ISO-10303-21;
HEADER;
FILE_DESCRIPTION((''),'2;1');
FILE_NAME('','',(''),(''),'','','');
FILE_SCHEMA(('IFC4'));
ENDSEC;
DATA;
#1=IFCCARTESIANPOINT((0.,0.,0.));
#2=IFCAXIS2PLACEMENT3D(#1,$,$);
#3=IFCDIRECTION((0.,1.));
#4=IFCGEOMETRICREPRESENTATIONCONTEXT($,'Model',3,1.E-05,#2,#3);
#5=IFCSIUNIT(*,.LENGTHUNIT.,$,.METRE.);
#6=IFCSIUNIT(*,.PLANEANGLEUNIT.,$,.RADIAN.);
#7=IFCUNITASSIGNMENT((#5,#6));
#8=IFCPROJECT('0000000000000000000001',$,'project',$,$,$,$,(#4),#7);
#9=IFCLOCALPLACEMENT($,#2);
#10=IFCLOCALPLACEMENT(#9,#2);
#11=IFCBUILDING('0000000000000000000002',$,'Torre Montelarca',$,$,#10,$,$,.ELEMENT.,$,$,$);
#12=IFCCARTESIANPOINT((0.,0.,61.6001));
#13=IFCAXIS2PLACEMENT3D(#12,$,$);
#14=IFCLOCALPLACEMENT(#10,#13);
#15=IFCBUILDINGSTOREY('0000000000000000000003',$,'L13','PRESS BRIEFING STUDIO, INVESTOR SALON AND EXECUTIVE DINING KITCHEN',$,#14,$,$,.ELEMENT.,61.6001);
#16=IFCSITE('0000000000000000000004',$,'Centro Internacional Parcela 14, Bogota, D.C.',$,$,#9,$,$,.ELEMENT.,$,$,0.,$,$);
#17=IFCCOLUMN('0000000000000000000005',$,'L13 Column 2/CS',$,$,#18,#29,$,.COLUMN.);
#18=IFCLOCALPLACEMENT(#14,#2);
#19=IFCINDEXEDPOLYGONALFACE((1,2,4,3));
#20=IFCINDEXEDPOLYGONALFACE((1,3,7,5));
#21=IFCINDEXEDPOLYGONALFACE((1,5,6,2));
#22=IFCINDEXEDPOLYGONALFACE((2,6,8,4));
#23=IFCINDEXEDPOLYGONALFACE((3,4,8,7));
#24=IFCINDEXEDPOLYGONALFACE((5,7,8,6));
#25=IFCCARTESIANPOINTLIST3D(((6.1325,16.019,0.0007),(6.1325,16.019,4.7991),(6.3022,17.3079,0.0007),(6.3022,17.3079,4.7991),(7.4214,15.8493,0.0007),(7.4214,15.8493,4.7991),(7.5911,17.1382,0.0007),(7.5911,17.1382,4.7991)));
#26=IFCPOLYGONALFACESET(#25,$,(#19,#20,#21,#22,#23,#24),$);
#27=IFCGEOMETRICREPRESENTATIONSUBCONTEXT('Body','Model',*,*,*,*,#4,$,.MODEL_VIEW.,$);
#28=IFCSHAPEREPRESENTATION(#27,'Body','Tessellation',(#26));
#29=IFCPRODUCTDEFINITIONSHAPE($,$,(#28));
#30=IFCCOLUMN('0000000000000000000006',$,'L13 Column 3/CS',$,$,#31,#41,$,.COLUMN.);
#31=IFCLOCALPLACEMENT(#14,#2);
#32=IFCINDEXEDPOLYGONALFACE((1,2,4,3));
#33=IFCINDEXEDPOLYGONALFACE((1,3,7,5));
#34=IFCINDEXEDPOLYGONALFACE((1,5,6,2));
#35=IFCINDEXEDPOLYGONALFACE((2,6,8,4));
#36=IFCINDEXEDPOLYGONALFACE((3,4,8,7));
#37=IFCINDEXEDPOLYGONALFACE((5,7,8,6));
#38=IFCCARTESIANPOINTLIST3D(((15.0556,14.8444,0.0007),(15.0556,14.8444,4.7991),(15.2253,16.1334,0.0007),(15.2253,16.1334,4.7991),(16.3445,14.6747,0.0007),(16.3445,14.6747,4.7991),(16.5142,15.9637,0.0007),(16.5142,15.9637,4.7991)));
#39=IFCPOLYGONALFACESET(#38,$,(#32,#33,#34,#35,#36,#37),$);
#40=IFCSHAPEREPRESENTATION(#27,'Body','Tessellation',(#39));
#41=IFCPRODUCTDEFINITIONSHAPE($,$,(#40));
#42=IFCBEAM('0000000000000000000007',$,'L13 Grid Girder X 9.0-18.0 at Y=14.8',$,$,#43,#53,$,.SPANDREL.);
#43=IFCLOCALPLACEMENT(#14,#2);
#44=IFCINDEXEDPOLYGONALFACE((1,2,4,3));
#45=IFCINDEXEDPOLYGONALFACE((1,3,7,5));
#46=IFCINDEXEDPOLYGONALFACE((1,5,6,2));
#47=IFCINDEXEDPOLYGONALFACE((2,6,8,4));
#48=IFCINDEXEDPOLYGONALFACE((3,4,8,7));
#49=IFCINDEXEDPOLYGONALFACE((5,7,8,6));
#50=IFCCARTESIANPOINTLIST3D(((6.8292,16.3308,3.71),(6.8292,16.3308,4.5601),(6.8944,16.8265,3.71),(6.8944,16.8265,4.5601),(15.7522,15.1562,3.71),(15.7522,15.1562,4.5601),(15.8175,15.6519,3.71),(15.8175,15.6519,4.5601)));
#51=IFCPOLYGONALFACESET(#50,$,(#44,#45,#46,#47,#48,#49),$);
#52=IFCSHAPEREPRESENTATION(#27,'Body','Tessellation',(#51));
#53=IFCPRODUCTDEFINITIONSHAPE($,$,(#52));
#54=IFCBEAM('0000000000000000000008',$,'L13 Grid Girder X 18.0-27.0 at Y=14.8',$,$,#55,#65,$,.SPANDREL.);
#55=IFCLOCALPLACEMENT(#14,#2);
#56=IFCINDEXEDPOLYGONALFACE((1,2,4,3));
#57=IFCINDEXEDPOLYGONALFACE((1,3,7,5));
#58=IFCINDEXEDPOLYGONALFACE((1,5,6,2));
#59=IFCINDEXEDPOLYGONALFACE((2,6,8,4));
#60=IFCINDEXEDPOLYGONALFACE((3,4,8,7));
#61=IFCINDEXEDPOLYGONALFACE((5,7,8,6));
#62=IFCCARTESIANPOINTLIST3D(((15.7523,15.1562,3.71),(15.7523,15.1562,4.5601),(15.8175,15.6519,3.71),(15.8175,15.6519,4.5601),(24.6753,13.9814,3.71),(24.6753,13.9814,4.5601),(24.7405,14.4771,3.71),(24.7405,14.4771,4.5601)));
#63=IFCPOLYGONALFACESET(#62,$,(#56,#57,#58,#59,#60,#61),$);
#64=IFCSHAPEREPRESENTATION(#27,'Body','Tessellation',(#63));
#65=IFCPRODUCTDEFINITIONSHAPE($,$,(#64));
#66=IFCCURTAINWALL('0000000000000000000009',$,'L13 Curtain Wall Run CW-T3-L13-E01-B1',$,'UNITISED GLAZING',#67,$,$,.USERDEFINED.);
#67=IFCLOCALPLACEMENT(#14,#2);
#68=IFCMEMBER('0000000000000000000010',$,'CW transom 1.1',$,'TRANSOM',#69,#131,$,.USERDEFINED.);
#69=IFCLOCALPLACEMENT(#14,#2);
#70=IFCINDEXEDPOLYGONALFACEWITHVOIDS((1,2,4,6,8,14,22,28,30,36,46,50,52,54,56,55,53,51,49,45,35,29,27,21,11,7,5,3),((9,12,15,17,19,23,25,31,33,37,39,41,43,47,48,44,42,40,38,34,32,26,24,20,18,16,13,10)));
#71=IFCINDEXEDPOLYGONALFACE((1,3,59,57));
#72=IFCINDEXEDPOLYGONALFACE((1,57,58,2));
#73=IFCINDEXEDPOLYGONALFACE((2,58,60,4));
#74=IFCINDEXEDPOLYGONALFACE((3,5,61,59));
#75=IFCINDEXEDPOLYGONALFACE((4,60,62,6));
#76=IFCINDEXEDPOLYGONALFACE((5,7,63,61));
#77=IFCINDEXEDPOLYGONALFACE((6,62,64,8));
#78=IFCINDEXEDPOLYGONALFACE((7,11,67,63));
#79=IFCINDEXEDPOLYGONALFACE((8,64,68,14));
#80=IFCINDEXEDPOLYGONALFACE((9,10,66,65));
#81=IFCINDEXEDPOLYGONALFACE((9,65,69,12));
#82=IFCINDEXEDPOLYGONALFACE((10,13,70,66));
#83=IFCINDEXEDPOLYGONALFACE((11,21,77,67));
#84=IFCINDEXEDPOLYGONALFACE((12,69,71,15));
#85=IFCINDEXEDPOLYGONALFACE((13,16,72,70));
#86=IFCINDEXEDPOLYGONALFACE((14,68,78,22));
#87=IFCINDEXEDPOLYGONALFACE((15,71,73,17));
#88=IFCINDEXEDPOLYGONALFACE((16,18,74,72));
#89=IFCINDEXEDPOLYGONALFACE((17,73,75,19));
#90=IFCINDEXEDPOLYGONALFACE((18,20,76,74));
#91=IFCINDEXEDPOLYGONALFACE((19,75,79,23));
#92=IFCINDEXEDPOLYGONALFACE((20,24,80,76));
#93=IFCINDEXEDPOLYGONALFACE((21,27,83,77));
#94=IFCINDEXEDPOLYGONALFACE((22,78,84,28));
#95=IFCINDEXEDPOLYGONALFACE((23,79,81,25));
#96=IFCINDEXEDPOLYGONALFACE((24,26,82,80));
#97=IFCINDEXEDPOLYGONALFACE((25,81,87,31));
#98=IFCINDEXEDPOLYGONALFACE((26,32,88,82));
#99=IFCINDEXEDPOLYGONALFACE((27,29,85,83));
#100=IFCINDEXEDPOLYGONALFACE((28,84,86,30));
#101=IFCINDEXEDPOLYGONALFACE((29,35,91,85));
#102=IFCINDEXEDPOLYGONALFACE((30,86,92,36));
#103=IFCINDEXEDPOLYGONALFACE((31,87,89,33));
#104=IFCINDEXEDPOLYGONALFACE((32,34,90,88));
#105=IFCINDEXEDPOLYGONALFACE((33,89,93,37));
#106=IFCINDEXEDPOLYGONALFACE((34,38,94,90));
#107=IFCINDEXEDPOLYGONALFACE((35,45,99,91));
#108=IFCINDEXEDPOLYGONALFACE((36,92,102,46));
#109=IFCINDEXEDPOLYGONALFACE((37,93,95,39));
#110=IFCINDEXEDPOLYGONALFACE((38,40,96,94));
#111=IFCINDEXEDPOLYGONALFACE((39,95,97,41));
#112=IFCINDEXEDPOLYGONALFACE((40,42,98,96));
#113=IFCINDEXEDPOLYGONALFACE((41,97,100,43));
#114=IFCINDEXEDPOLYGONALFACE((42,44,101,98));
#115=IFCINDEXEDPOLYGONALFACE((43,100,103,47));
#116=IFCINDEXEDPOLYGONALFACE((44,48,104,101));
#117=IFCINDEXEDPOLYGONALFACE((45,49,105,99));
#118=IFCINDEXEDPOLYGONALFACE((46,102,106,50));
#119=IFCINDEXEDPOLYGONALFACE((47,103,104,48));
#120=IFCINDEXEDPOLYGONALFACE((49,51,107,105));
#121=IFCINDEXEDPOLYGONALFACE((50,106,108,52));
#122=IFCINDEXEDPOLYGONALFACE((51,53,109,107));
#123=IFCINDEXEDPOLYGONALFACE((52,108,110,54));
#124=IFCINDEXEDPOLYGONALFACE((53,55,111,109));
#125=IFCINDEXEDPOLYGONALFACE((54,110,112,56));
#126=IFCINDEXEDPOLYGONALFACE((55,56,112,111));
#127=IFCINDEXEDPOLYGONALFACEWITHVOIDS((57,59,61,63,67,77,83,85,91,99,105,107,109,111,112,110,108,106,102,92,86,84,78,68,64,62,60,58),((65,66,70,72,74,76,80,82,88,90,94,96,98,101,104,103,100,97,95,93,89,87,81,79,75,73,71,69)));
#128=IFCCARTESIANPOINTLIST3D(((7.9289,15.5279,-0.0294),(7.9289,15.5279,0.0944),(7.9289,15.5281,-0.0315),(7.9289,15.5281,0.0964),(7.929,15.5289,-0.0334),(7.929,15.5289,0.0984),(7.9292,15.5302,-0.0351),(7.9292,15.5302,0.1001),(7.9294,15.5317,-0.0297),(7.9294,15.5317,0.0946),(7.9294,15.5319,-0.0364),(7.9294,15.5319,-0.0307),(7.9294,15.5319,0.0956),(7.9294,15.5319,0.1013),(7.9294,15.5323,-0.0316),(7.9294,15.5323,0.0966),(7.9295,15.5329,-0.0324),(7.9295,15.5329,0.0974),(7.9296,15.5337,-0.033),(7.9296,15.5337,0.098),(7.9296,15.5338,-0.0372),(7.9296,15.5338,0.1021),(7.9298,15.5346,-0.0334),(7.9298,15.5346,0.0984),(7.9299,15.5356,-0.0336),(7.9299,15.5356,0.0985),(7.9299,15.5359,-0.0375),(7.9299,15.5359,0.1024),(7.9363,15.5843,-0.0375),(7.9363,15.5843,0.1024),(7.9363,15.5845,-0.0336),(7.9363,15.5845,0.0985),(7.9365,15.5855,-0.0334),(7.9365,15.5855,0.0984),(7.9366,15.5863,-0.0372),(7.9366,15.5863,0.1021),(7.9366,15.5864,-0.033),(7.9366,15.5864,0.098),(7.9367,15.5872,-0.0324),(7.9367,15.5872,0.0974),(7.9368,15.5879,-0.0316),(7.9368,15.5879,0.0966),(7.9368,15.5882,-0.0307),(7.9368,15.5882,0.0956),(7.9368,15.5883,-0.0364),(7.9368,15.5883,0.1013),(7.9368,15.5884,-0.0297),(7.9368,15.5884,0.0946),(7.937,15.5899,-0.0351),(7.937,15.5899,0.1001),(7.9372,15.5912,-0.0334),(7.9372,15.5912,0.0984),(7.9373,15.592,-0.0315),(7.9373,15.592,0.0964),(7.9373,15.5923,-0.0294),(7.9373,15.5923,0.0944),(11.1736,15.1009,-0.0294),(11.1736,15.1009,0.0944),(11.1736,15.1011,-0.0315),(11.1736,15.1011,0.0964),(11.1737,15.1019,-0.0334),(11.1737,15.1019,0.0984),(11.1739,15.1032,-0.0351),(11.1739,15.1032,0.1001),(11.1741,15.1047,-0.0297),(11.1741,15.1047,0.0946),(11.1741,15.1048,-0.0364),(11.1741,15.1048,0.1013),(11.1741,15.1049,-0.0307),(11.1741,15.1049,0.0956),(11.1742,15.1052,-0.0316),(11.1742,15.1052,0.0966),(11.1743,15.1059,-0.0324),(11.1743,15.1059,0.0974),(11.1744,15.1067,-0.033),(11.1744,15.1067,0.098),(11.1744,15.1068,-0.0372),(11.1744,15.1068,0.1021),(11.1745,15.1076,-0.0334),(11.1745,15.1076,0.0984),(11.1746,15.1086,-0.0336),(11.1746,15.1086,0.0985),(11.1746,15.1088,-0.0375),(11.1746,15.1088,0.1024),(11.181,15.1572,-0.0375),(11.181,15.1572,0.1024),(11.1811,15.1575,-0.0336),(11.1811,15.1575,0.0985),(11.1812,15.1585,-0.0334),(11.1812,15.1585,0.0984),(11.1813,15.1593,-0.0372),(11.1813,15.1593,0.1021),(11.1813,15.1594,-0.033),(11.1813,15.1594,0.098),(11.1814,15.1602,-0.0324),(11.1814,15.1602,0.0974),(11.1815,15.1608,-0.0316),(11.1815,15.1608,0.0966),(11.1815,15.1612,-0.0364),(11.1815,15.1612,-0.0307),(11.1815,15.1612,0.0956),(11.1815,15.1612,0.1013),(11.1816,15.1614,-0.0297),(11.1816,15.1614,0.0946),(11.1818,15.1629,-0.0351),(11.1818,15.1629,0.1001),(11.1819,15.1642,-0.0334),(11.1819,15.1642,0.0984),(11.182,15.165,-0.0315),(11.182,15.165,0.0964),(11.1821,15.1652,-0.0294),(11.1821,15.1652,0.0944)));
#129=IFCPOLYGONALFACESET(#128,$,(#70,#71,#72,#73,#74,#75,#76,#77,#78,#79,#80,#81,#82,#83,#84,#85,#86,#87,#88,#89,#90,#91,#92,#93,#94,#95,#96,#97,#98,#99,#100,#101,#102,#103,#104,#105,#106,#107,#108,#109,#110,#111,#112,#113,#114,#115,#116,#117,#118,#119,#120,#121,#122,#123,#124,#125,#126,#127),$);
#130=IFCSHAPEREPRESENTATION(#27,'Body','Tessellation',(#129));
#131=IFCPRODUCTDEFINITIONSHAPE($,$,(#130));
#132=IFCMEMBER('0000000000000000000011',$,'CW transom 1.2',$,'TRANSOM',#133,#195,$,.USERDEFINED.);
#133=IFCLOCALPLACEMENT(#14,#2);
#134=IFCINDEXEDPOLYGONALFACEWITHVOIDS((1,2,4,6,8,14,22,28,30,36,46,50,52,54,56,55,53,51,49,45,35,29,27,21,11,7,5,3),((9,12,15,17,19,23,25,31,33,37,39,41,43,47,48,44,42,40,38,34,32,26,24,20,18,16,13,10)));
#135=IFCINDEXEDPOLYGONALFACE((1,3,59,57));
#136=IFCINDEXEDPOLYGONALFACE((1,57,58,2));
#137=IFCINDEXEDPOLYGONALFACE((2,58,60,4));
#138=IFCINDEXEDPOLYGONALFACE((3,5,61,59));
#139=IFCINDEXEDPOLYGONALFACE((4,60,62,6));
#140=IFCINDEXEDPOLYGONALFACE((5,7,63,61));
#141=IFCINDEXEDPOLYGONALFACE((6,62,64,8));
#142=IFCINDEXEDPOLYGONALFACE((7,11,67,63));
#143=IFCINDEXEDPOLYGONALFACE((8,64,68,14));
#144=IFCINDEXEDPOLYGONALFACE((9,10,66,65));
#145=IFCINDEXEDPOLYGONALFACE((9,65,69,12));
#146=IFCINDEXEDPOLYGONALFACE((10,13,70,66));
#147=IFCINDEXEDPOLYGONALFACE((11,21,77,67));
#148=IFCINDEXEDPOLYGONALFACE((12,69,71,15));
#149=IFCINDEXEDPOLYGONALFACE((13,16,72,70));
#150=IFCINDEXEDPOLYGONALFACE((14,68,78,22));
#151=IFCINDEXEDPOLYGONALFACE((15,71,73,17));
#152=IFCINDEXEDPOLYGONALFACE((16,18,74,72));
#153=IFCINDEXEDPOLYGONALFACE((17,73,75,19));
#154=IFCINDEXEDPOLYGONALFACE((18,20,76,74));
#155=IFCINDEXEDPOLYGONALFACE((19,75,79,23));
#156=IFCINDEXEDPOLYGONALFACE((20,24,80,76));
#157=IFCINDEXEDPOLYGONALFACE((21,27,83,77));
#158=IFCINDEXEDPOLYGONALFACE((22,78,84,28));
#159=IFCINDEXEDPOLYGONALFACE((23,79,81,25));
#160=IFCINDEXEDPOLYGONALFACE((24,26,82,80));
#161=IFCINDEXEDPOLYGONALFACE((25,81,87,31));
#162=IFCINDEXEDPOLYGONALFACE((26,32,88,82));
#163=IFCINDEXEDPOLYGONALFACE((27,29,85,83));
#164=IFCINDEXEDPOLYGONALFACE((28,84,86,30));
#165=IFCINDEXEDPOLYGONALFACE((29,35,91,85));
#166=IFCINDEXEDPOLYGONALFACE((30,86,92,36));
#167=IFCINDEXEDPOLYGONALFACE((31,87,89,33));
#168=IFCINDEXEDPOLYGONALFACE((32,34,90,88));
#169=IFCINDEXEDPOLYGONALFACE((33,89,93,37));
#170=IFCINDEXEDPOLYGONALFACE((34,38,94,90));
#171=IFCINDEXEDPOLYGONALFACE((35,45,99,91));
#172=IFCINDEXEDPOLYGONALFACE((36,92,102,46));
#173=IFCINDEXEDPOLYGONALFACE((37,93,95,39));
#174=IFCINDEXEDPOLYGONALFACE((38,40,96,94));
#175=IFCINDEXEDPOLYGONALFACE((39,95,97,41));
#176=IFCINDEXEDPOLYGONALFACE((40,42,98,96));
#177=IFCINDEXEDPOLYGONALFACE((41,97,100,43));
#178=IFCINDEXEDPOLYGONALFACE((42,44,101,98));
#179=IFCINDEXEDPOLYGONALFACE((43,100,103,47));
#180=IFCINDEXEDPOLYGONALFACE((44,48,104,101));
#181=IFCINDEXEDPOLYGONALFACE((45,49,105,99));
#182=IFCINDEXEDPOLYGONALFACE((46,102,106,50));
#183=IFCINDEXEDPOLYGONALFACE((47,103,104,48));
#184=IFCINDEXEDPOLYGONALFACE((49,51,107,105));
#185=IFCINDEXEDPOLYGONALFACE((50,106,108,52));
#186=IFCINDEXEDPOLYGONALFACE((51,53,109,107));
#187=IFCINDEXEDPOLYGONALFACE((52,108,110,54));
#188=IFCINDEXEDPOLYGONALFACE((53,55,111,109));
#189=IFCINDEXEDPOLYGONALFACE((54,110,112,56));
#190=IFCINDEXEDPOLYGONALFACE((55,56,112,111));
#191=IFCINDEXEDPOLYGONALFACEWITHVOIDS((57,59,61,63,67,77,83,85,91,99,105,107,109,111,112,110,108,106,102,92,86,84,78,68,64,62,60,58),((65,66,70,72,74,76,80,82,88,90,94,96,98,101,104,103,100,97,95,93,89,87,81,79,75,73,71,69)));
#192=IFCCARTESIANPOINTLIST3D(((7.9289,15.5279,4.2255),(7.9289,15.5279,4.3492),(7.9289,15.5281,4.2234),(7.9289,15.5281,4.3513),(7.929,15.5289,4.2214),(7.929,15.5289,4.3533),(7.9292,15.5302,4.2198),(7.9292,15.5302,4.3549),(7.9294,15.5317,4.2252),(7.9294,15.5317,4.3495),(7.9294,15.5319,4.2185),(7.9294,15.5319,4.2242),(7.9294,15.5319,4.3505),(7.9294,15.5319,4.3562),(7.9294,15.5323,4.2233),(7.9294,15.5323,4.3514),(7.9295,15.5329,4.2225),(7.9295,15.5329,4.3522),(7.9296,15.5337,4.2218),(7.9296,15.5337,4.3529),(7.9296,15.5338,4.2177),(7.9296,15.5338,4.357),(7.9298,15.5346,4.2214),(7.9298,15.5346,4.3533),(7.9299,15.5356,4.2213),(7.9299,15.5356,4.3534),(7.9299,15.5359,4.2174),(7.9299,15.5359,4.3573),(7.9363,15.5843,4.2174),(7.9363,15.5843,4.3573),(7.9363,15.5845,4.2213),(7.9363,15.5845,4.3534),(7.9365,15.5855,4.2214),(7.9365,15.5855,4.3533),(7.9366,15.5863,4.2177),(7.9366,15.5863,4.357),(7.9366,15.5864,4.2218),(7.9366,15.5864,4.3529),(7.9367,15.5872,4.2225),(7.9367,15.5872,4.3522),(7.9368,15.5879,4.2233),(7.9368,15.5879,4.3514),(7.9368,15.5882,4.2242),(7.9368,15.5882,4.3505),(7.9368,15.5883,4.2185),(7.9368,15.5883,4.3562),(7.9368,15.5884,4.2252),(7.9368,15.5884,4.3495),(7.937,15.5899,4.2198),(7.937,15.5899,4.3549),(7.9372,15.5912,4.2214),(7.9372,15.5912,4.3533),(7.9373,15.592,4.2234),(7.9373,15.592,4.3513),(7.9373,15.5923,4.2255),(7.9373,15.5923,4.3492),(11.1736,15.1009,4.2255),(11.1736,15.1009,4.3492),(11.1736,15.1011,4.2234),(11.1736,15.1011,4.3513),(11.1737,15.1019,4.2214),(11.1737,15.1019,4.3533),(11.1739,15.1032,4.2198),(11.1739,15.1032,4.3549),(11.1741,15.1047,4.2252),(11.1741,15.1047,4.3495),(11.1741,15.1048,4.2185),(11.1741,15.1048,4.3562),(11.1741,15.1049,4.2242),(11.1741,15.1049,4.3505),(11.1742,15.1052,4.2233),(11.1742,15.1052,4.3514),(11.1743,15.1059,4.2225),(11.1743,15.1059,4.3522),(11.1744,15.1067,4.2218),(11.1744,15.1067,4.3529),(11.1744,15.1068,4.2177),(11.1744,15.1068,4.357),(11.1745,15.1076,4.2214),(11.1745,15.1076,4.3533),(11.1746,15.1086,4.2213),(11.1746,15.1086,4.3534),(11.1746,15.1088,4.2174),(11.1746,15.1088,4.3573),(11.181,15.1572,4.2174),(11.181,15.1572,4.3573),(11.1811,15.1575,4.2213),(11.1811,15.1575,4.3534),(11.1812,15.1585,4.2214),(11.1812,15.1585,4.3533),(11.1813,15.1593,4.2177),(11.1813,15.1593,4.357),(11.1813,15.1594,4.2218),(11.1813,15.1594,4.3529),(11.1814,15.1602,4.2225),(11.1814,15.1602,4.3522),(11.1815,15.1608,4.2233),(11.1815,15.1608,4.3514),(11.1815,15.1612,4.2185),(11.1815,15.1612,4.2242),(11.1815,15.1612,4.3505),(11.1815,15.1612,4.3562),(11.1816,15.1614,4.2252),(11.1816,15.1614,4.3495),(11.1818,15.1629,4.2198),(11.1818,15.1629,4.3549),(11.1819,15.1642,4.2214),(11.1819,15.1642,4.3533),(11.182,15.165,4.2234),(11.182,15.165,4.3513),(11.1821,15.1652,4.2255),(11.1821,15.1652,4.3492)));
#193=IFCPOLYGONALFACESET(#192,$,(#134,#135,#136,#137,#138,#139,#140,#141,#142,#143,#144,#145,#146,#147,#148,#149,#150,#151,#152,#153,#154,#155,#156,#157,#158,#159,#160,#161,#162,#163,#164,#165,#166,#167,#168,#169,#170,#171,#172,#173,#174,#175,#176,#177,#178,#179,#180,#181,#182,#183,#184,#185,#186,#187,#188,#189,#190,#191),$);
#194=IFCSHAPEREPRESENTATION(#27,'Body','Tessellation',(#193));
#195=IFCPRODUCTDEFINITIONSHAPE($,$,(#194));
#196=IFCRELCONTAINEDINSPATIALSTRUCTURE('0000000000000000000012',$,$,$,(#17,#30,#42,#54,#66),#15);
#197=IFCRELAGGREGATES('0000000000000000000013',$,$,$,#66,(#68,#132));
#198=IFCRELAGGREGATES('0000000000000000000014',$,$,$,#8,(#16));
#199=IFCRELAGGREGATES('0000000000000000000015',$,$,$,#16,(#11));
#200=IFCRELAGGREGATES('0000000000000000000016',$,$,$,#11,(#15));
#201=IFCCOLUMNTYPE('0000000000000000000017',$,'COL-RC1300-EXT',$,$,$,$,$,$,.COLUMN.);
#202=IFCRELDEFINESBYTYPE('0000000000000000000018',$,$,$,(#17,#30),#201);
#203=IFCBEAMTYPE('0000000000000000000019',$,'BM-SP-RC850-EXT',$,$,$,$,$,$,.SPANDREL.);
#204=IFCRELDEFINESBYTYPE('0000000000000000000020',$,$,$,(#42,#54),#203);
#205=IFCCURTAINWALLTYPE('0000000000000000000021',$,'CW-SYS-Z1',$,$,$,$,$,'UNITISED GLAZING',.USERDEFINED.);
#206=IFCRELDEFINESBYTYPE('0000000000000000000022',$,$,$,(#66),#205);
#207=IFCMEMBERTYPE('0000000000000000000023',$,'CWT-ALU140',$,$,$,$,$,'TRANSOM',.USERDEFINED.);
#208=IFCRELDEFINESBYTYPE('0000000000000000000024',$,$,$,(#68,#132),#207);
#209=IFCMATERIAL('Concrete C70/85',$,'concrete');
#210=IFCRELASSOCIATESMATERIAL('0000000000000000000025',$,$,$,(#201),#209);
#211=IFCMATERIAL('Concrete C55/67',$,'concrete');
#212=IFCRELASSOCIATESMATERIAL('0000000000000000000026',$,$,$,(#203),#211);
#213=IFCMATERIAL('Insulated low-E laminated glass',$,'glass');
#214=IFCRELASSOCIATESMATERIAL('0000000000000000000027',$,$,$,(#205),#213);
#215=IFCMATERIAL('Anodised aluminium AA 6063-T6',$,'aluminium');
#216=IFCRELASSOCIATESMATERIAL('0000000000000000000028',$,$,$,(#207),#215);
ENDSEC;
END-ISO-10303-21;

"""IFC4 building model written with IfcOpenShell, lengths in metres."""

from ifc_helpers import new_model, si_unit, direction, frame, origin, origin_2d, place, context, subcontext, project, spatial, rectangle, hollow_rectangle, extrude, source, transform, mapped, material, material_profile, profile_set, type_object, element, aggregate, save


model = new_model("IFC4")

# Units and contexts
model_context = context("Model", 3, precision=1e-05, world=origin(), true_north=direction((0.0, 1.0)))
body_context = subcontext(model_context, "Body", "Model", "MODEL_VIEW")
ifc_project = project(units=[si_unit("LENGTHUNIT", "METRE"), si_unit("PLANEANGLEUNIT", "RADIAN")], contexts=[model_context])

# Site, building, storey
site_placement = place(None, origin())
site = spatial("IfcSite", under=ifc_project, at=site_placement, Name="Centro Internacional Parcela 14, Bogota, D.C.", CompositionType="ELEMENT", RefElevation=0.0)
building_placement = place(site_placement, origin())
building = spatial("IfcBuilding", under=site, at=building_placement, Name="Torre Montelarca", CompositionType="ELEMENT")
storey_placement = place(building_placement, frame((0.0, 0.0, 61.6001)))
storey = spatial("IfcBuildingStorey", under=building, at=storey_placement, Name="L13", Description="PRESS BRIEFING STUDIO, INVESTOR SALON AND EXECUTIVE DINING KITCHEN", CompositionType="ELEMENT", Elevation=61.6001)

# Columns
ifc_material_1 = material(Name="Concrete C70/85", Category="concrete")
ifc_material_profile_1 = material_profile(ifc_material_1, rectangle(XDim=1.3, YDim=1.3, at=origin_2d()), Name="RC1300X1300", Category="concrete")
ifc_profile_set_1 = profile_set([ifc_material_profile_1], Name="Concrete C70/85")
column_type = type_object("IfcColumnType", Name="COL-RC1300-EXT", PredefinedType="COLUMN", material=ifc_profile_set_1)
shared_shape_1 = source(origin(), body_context, "Body", "SweptSolid", [
    extrude(rectangle(XDim=1.3, YDim=1.3, at=origin_2d()), origin(), (0.0, 0.0, 1.0), 4.7983),
])
for number, where, z_axis, x_axis, name in (
    (1, (6.8618, 16.5786, 0.0007), (0.0, 0.0, 1.0), (-0.991445, 0.130526, 0.0), "L13 Column 2/CS"),
    (2, (15.7849, 15.4041, 0.0007), (0.0, 0.0, 1.0), (-0.991445, 0.130526, 0.0), "L13 Column 3/CS"),
):
    element("IfcColumn", number, at=place(storey_placement, frame(where, z_axis=z_axis, x_axis=x_axis)), inside=storey, type_object=column_type, Name=name, PredefinedType="COLUMN", context=body_context, shape_type="MappedRepresentation", body=[
        mapped(shared_shape_1, transform((0.0, 0.0, 0.0), scale=1.0)),
    ])

# Beams
ifc_material_2 = material(Name="Concrete C55/67", Category="concrete")
ifc_material_profile_2 = material_profile(ifc_material_2, rectangle(XDim=0.5, YDim=0.8501, at=origin_2d()), Name="RCB500X850", Category="concrete")
ifc_profile_set_2 = profile_set([ifc_material_profile_2], Name="Concrete C55/67")
beam_type = type_object("IfcBeamType", Name="BM-SP-RC850-EXT", PredefinedType="SPANDREL", material=ifc_profile_set_2)
shared_shape_2 = source(origin(), body_context, "Body", "SweptSolid", [
    extrude(rectangle(XDim=0.5, YDim=0.8501, at=origin_2d()), origin(), (0.0, 0.0, 1.0), 9.0),
])
for number, where, z_axis, x_axis, name in (
    (3, (6.8618, 16.5786, 4.135), (0.991448, -0.130506, 0.0), (0.130506, 0.991448, 0.0), "L13 Grid Girder X 9.0-18.0 at Y=14.8"),
    (4, (15.7849, 15.4041, 4.135), (0.991444, -0.130532, 0.0), (0.130532, 0.991444, 0.0), "L13 Grid Girder X 18.0-27.0 at Y=14.8"),
):
    element("IfcBeam", number, at=place(storey_placement, frame(where, z_axis=z_axis, x_axis=x_axis)), inside=storey, type_object=beam_type, Name=name, PredefinedType="SPANDREL", context=body_context, shape_type="MappedRepresentation", body=[
        mapped(shared_shape_2, transform((0.0, 0.0, 0.0), scale=1.0)),
    ])

# Curtain wall, members
ifc_material_3 = material(Name="Insulated low-E laminated glass", Category="glass")
curtain_wall_type = type_object("IfcCurtainWallType", Name="CW-SYS-Z1", ElementType="UNITISED GLAZING", PredefinedType="USERDEFINED", material=ifc_material_3)
curtain_wall_1_placement = place(storey_placement, origin())
curtain_wall_1 = element("IfcCurtainWall", 5, at=curtain_wall_1_placement, inside=storey, type_object=curtain_wall_type, Name="L13 Curtain Wall Run CW-T3-L13-E01-B1", ObjectType="UNITISED GLAZING", PredefinedType="USERDEFINED")
ifc_material_4 = material(Name="Anodised aluminium AA 6063-T6", Category="aluminium")
ifc_material_profile_3 = material_profile(ifc_material_4, hollow_rectangle(XDim=0.0649, YDim=0.1399, WallThickness=0.0039, InnerFilletRadius=0.0039, OuterFilletRadius=0.0081, at=origin_2d()), Name="ALU65X140X4", Category="aluminium")
ifc_profile_set_3 = profile_set([ifc_material_profile_3], Name="Anodised aluminium AA 6063-T6")
member_type_1 = type_object("IfcMemberType", Name="CWT-ALU140", ElementType="TRANSOM", PredefinedType="USERDEFINED", material=ifc_profile_set_3)
shared_shape_3 = source(origin(), body_context, "Body", "SweptSolid", [
    extrude(hollow_rectangle(XDim=0.0649, YDim=0.1399, WallThickness=0.0039, InnerFilletRadius=0.0039, OuterFilletRadius=0.0081, at=origin_2d()), origin(), (0.0, 0.0, 1.0), 3.2727),
])
member_1_placement = place(storey_placement, frame((7.9331, 15.5601, 0.0325), z_axis=(0.991451, -0.130478, 0.0), x_axis=(0.130478, 0.991451, 0.0)))
member_1 = element("IfcMember", 6, at=member_1_placement, type_object=member_type_1, Name="CW transom 1.1", ObjectType="TRANSOM", PredefinedType="USERDEFINED", context=body_context, shape_type="MappedRepresentation", body=[
    mapped(shared_shape_3, transform((0.0, 0.0, 0.0), scale=1.0)),
])
member_2_placement = place(storey_placement, frame((7.9331, 15.5601, 4.2874), z_axis=(0.991451, -0.130478, 0.0), x_axis=(0.130478, 0.991451, 0.0)))
member_2 = element("IfcMember", 7, at=member_2_placement, type_object=member_type_1, Name="CW transom 1.2", ObjectType="TRANSOM", PredefinedType="USERDEFINED", context=body_context, shape_type="MappedRepresentation", body=[
    mapped(shared_shape_3, transform((0.0, 0.0, 0.0), scale=1.0)),
])

aggregate(curtain_wall_1, [member_1, member_2])

save(model, "model.ifc")
